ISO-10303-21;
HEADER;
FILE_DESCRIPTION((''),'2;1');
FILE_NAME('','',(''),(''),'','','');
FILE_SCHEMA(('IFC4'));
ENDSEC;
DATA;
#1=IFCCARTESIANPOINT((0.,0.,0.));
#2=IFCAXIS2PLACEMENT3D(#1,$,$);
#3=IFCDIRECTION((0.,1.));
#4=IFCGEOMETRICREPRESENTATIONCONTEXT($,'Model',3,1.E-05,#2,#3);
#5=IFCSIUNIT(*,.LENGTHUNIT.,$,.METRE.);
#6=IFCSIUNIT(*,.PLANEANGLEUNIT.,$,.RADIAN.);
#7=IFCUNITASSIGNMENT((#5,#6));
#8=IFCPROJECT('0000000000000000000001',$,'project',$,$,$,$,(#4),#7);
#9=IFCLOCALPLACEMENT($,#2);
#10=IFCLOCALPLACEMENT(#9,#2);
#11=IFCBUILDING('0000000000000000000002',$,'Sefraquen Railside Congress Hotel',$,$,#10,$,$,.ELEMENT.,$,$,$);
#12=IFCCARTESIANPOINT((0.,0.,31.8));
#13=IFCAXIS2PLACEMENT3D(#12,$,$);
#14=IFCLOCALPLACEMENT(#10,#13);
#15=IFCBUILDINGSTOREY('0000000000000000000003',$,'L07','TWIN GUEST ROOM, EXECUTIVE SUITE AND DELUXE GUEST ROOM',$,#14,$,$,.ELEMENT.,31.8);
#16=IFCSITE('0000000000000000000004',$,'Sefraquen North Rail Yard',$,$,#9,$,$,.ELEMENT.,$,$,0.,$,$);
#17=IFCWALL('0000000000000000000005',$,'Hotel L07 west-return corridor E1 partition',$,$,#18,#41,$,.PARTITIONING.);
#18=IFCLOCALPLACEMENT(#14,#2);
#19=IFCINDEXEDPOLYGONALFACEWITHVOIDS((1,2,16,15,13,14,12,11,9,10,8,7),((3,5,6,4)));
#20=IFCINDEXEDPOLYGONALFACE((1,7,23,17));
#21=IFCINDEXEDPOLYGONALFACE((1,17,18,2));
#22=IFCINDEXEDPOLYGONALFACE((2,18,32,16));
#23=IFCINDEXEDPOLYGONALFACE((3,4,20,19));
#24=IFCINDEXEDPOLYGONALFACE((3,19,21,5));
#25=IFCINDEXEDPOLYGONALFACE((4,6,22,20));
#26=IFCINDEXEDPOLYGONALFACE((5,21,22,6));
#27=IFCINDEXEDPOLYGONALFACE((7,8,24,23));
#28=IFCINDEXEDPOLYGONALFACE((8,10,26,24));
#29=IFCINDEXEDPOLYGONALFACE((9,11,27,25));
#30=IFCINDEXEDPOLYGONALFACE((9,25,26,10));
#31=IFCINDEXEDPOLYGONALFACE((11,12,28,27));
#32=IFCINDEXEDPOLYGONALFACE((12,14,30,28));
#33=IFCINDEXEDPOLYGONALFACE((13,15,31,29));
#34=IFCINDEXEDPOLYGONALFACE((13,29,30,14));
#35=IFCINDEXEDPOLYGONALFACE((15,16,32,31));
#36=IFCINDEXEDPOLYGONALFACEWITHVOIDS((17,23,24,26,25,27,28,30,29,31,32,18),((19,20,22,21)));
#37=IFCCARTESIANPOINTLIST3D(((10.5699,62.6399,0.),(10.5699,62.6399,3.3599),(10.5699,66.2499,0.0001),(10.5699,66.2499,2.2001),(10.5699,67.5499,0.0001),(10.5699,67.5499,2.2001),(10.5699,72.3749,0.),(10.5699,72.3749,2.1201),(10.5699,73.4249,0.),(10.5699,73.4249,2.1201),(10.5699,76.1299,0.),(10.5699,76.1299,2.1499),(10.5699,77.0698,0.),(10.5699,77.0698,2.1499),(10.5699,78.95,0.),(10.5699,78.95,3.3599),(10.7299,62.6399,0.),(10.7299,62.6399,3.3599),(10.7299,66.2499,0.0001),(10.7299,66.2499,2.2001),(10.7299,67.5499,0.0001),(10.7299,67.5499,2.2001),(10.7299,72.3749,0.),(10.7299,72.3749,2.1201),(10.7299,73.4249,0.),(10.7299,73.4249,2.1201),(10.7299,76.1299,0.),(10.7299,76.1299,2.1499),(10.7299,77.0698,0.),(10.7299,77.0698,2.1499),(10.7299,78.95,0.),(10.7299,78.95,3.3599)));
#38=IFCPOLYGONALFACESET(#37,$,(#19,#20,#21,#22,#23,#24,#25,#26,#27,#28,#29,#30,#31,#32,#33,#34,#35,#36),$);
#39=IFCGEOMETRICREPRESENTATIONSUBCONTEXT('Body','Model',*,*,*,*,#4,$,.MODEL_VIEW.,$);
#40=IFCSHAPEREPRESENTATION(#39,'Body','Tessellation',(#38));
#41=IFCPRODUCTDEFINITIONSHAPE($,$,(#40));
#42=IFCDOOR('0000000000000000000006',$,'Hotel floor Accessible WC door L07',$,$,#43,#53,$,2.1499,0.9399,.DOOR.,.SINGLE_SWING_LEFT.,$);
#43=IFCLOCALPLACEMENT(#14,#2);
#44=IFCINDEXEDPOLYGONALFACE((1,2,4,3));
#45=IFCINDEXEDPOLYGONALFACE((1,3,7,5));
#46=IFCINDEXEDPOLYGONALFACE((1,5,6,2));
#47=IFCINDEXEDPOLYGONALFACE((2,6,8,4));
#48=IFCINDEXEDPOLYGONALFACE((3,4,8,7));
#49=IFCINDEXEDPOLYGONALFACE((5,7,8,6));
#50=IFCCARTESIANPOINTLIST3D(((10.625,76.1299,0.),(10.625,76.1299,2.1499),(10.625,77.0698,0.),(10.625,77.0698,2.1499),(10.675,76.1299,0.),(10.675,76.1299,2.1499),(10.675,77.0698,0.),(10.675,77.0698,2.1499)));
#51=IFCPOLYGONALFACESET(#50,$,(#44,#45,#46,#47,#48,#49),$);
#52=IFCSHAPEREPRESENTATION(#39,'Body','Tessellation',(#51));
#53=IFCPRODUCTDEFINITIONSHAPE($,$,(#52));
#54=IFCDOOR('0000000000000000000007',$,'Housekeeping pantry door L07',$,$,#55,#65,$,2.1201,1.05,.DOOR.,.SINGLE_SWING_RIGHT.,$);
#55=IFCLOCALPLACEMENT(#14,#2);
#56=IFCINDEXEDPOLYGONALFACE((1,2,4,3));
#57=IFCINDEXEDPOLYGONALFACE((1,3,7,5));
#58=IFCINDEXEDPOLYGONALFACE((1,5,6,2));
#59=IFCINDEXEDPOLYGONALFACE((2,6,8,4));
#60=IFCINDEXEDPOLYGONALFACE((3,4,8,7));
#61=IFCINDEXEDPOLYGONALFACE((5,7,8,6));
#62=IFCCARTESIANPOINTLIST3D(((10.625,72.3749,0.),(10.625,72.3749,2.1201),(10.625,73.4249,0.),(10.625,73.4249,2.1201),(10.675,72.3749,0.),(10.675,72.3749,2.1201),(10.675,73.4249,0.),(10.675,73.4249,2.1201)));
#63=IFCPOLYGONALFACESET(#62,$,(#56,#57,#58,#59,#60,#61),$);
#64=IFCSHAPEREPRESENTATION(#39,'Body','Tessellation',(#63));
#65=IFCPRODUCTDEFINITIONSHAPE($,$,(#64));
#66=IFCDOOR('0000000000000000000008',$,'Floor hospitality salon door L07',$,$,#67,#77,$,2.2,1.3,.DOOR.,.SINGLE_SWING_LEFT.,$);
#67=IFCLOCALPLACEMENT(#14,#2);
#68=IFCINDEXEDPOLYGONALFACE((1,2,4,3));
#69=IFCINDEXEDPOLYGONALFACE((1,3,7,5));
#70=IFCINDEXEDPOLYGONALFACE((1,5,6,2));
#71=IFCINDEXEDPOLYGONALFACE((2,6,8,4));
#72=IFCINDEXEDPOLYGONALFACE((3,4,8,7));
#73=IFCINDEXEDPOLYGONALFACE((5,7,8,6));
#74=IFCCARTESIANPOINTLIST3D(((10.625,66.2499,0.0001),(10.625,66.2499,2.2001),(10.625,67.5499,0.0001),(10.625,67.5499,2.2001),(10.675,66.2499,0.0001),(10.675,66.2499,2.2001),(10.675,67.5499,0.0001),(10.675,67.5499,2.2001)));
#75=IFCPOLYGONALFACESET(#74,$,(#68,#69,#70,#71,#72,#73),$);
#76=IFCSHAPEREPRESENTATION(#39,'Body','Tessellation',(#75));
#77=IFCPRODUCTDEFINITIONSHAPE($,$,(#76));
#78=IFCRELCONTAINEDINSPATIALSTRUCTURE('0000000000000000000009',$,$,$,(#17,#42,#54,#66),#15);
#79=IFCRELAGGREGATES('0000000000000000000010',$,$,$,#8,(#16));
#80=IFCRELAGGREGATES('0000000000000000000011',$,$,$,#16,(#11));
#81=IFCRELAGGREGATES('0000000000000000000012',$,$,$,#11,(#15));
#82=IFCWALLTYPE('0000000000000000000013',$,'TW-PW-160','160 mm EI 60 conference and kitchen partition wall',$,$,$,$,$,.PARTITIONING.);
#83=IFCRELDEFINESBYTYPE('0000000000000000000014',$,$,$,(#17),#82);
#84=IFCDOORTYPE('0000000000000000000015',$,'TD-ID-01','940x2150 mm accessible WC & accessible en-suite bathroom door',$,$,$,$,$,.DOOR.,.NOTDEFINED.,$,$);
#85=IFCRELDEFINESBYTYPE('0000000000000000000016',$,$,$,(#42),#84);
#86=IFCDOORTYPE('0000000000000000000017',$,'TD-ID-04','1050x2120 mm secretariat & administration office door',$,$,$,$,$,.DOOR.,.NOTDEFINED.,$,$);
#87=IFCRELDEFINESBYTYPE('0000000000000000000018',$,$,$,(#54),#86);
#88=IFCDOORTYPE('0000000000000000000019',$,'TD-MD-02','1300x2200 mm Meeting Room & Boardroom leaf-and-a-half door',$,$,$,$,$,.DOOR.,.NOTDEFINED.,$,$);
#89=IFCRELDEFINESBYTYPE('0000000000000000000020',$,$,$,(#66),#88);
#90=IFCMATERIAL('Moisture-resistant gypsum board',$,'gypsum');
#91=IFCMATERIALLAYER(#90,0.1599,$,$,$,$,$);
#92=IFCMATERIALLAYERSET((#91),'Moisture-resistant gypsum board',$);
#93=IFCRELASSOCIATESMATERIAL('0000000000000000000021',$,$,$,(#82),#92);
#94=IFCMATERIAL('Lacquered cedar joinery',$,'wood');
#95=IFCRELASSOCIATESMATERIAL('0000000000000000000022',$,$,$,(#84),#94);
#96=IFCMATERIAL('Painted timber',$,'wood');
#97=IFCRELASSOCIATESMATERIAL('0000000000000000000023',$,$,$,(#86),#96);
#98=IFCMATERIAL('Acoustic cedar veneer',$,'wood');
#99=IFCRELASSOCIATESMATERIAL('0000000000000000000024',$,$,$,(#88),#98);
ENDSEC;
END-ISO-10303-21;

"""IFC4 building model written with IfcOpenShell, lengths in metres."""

from ifc_helpers import new_model, si_unit, direction, frame, frame_2d, origin, place, context, subcontext, project, spatial, rectangle, extrude, material, layer, layer_set, type_object, element, fill, save


model = new_model("IFC4")

# Units and contexts
model_context = context("Model", 3, precision=1e-05, world=origin(), true_north=direction((0.0, 1.0)))
body_context = subcontext(model_context, "Body", "Model", "MODEL_VIEW")
ifc_project = project(units=[si_unit("LENGTHUNIT", "METRE"), si_unit("PLANEANGLEUNIT", "RADIAN")], contexts=[model_context])

# Site, building, storey
site_placement = place(None, origin())
site = spatial("IfcSite", under=ifc_project, at=site_placement, Name="Sefraquen North Rail Yard", CompositionType="ELEMENT", RefElevation=0.0)
building_placement = place(site_placement, origin())
building = spatial("IfcBuilding", under=site, at=building_placement, Name="Sefraquen Railside Congress Hotel", CompositionType="ELEMENT")
storey_placement = place(building_placement, frame((0.0, 0.0, 31.8)))
storey = spatial("IfcBuildingStorey", under=building, at=storey_placement, Name="L07", Description="TWIN GUEST ROOM, EXECUTIVE SUITE AND DELUXE GUEST ROOM", CompositionType="ELEMENT", Elevation=31.8)

# Shared definitions
ifc_material_1 = material(Name="Moisture-resistant gypsum board", Category="gypsum")
ifc_material_2 = material(Name="Lacquered cedar joinery", Category="wood")

# Wall, openings, doors
ifc_layer_1 = layer(ifc_material_1, 0.1599)
ifc_layer_set_1 = layer_set([ifc_layer_1], Name="Moisture-resistant gypsum board")
wall_type_1 = type_object("IfcWallType", Name="TW-PW-160", Description="160 mm EI 60 conference and kitchen partition wall", PredefinedType="PARTITIONING", material=ifc_layer_set_1)
wall_1_placement = place(storey_placement, frame((10.6499, 62.6399, 0.0), z_axis=(0.0, 0.0, 1.0), x_axis=(0.0, 1.0, 0.0)))
wall_1 = element("IfcWall", 1, at=wall_1_placement, inside=storey, type_object=wall_type_1, Name="Hotel L07 west-return corridor E1 partition", PredefinedType="PARTITIONING", context=body_context, shape_type="SweptSolid", body=[
    extrude(rectangle(XDim=16.3101, YDim=0.1599, at=frame_2d((8.155, 0.0))), origin(), (0.0, 0.0, 1.0), 3.3599),
])
opening_1_placement = place(wall_1_placement, frame((3.6101, 0.0, 0.0)))
opening_1 = element("IfcOpeningElement", 2, at=opening_1_placement, cuts=wall_1, PredefinedType="OPENING", context=body_context, shape_type="SweptSolid", body=[
    extrude(rectangle(XDim=1.3, YDim=2.2, at=frame_2d((0.6499, 1.1001))), frame((0.0, 0.0898, 0.0), z_axis=(0.0, -1.0, 0.0), x_axis=(1.0, 0.0, 0.0)), (0.0, 0.0, 1.0), 0.1799),
])
opening_2_placement = place(wall_1_placement, frame((9.7351, 0.0, 0.0)))
opening_2 = element("IfcOpeningElement", 3, at=opening_2_placement, cuts=wall_1, PredefinedType="OPENING", context=body_context, shape_type="SweptSolid", body=[
    extrude(rectangle(XDim=1.05, YDim=2.1201, at=frame_2d((0.5249, 1.0601))), frame((0.0, 0.0898, 0.0), z_axis=(0.0, -1.0, 0.0), x_axis=(1.0, 0.0, 0.0)), (0.0, 0.0, 1.0), 0.1799),
])
opening_3_placement = place(wall_1_placement, frame((13.49, 0.0, 0.0)))
opening_3 = element("IfcOpeningElement", 4, at=opening_3_placement, cuts=wall_1, PredefinedType="OPENING", context=body_context, shape_type="SweptSolid", body=[
    extrude(rectangle(XDim=0.9399, YDim=2.1499, at=frame_2d((0.47, 1.075))), frame((0.0, 0.0898, 0.0), z_axis=(0.0, -1.0, 0.0), x_axis=(1.0, 0.0, 0.0)), (0.0, 0.0, 1.0), 0.1799),
])
door_type_1 = type_object("IfcDoorType", Name="TD-ID-01", Description="940x2150 mm accessible WC & accessible en-suite bathroom door", OperationType="NOTDEFINED", PredefinedType="DOOR", material=ifc_material_2)
door_1_placement = place(opening_3_placement, origin())
door_1 = element("IfcDoor", 5, at=door_1_placement, inside=storey, type_object=door_type_1, Name="Hotel floor Accessible WC door L07", OperationType="SINGLE_SWING_LEFT", OverallHeight=2.1499, OverallWidth=0.9399, PredefinedType="DOOR", context=body_context, shape_type="SweptSolid", body=[
    extrude(rectangle(XDim=0.9399, YDim=2.1499, at=frame_2d((0.47, 1.075))), frame((0.0, 0.0249, 0.0), z_axis=(0.0, -1.0, 0.0), x_axis=(1.0, 0.0, 0.0)), (0.0, 0.0, 1.0), 0.05),
])
fill(opening_3, door_1)
ifc_material_3 = material(Name="Painted timber", Category="wood")
door_type_2 = type_object("IfcDoorType", Name="TD-ID-04", Description="1050x2120 mm secretariat & administration office door", OperationType="NOTDEFINED", PredefinedType="DOOR", material=ifc_material_3)
door_2_placement = place(opening_2_placement, origin())
door_2 = element("IfcDoor", 6, at=door_2_placement, inside=storey, type_object=door_type_2, Name="Housekeeping pantry door L07", OperationType="SINGLE_SWING_RIGHT", OverallHeight=2.1201, OverallWidth=1.05, PredefinedType="DOOR", context=body_context, shape_type="SweptSolid", body=[
    extrude(rectangle(XDim=1.05, YDim=2.1201, at=frame_2d((0.5249, 1.0601))), frame((0.0, 0.0249, 0.0), z_axis=(0.0, -1.0, 0.0), x_axis=(1.0, 0.0, 0.0)), (0.0, 0.0, 1.0), 0.05),
])
fill(opening_2, door_2)
ifc_material_4 = material(Name="Acoustic cedar veneer", Category="wood")
door_type_3 = type_object("IfcDoorType", Name="TD-MD-02", Description="1300x2200 mm Meeting Room & Boardroom leaf-and-a-half door", OperationType="NOTDEFINED", PredefinedType="DOOR", material=ifc_material_4)
door_3_placement = place(opening_1_placement, origin())
door_3 = element("IfcDoor", 7, at=door_3_placement, inside=storey, type_object=door_type_3, Name="Floor hospitality salon door L07", OperationType="SINGLE_SWING_LEFT", OverallHeight=2.2, OverallWidth=1.3, PredefinedType="DOOR", context=body_context, shape_type="SweptSolid", body=[
    extrude(rectangle(XDim=1.3, YDim=2.2, at=frame_2d((0.6499, 1.1001))), frame((0.0, 0.0249, 0.0), z_axis=(0.0, -1.0, 0.0), x_axis=(1.0, 0.0, 0.0)), (0.0, 0.0, 1.0), 0.05),
])
fill(opening_1, door_3)

save(model, "model.ifc")
